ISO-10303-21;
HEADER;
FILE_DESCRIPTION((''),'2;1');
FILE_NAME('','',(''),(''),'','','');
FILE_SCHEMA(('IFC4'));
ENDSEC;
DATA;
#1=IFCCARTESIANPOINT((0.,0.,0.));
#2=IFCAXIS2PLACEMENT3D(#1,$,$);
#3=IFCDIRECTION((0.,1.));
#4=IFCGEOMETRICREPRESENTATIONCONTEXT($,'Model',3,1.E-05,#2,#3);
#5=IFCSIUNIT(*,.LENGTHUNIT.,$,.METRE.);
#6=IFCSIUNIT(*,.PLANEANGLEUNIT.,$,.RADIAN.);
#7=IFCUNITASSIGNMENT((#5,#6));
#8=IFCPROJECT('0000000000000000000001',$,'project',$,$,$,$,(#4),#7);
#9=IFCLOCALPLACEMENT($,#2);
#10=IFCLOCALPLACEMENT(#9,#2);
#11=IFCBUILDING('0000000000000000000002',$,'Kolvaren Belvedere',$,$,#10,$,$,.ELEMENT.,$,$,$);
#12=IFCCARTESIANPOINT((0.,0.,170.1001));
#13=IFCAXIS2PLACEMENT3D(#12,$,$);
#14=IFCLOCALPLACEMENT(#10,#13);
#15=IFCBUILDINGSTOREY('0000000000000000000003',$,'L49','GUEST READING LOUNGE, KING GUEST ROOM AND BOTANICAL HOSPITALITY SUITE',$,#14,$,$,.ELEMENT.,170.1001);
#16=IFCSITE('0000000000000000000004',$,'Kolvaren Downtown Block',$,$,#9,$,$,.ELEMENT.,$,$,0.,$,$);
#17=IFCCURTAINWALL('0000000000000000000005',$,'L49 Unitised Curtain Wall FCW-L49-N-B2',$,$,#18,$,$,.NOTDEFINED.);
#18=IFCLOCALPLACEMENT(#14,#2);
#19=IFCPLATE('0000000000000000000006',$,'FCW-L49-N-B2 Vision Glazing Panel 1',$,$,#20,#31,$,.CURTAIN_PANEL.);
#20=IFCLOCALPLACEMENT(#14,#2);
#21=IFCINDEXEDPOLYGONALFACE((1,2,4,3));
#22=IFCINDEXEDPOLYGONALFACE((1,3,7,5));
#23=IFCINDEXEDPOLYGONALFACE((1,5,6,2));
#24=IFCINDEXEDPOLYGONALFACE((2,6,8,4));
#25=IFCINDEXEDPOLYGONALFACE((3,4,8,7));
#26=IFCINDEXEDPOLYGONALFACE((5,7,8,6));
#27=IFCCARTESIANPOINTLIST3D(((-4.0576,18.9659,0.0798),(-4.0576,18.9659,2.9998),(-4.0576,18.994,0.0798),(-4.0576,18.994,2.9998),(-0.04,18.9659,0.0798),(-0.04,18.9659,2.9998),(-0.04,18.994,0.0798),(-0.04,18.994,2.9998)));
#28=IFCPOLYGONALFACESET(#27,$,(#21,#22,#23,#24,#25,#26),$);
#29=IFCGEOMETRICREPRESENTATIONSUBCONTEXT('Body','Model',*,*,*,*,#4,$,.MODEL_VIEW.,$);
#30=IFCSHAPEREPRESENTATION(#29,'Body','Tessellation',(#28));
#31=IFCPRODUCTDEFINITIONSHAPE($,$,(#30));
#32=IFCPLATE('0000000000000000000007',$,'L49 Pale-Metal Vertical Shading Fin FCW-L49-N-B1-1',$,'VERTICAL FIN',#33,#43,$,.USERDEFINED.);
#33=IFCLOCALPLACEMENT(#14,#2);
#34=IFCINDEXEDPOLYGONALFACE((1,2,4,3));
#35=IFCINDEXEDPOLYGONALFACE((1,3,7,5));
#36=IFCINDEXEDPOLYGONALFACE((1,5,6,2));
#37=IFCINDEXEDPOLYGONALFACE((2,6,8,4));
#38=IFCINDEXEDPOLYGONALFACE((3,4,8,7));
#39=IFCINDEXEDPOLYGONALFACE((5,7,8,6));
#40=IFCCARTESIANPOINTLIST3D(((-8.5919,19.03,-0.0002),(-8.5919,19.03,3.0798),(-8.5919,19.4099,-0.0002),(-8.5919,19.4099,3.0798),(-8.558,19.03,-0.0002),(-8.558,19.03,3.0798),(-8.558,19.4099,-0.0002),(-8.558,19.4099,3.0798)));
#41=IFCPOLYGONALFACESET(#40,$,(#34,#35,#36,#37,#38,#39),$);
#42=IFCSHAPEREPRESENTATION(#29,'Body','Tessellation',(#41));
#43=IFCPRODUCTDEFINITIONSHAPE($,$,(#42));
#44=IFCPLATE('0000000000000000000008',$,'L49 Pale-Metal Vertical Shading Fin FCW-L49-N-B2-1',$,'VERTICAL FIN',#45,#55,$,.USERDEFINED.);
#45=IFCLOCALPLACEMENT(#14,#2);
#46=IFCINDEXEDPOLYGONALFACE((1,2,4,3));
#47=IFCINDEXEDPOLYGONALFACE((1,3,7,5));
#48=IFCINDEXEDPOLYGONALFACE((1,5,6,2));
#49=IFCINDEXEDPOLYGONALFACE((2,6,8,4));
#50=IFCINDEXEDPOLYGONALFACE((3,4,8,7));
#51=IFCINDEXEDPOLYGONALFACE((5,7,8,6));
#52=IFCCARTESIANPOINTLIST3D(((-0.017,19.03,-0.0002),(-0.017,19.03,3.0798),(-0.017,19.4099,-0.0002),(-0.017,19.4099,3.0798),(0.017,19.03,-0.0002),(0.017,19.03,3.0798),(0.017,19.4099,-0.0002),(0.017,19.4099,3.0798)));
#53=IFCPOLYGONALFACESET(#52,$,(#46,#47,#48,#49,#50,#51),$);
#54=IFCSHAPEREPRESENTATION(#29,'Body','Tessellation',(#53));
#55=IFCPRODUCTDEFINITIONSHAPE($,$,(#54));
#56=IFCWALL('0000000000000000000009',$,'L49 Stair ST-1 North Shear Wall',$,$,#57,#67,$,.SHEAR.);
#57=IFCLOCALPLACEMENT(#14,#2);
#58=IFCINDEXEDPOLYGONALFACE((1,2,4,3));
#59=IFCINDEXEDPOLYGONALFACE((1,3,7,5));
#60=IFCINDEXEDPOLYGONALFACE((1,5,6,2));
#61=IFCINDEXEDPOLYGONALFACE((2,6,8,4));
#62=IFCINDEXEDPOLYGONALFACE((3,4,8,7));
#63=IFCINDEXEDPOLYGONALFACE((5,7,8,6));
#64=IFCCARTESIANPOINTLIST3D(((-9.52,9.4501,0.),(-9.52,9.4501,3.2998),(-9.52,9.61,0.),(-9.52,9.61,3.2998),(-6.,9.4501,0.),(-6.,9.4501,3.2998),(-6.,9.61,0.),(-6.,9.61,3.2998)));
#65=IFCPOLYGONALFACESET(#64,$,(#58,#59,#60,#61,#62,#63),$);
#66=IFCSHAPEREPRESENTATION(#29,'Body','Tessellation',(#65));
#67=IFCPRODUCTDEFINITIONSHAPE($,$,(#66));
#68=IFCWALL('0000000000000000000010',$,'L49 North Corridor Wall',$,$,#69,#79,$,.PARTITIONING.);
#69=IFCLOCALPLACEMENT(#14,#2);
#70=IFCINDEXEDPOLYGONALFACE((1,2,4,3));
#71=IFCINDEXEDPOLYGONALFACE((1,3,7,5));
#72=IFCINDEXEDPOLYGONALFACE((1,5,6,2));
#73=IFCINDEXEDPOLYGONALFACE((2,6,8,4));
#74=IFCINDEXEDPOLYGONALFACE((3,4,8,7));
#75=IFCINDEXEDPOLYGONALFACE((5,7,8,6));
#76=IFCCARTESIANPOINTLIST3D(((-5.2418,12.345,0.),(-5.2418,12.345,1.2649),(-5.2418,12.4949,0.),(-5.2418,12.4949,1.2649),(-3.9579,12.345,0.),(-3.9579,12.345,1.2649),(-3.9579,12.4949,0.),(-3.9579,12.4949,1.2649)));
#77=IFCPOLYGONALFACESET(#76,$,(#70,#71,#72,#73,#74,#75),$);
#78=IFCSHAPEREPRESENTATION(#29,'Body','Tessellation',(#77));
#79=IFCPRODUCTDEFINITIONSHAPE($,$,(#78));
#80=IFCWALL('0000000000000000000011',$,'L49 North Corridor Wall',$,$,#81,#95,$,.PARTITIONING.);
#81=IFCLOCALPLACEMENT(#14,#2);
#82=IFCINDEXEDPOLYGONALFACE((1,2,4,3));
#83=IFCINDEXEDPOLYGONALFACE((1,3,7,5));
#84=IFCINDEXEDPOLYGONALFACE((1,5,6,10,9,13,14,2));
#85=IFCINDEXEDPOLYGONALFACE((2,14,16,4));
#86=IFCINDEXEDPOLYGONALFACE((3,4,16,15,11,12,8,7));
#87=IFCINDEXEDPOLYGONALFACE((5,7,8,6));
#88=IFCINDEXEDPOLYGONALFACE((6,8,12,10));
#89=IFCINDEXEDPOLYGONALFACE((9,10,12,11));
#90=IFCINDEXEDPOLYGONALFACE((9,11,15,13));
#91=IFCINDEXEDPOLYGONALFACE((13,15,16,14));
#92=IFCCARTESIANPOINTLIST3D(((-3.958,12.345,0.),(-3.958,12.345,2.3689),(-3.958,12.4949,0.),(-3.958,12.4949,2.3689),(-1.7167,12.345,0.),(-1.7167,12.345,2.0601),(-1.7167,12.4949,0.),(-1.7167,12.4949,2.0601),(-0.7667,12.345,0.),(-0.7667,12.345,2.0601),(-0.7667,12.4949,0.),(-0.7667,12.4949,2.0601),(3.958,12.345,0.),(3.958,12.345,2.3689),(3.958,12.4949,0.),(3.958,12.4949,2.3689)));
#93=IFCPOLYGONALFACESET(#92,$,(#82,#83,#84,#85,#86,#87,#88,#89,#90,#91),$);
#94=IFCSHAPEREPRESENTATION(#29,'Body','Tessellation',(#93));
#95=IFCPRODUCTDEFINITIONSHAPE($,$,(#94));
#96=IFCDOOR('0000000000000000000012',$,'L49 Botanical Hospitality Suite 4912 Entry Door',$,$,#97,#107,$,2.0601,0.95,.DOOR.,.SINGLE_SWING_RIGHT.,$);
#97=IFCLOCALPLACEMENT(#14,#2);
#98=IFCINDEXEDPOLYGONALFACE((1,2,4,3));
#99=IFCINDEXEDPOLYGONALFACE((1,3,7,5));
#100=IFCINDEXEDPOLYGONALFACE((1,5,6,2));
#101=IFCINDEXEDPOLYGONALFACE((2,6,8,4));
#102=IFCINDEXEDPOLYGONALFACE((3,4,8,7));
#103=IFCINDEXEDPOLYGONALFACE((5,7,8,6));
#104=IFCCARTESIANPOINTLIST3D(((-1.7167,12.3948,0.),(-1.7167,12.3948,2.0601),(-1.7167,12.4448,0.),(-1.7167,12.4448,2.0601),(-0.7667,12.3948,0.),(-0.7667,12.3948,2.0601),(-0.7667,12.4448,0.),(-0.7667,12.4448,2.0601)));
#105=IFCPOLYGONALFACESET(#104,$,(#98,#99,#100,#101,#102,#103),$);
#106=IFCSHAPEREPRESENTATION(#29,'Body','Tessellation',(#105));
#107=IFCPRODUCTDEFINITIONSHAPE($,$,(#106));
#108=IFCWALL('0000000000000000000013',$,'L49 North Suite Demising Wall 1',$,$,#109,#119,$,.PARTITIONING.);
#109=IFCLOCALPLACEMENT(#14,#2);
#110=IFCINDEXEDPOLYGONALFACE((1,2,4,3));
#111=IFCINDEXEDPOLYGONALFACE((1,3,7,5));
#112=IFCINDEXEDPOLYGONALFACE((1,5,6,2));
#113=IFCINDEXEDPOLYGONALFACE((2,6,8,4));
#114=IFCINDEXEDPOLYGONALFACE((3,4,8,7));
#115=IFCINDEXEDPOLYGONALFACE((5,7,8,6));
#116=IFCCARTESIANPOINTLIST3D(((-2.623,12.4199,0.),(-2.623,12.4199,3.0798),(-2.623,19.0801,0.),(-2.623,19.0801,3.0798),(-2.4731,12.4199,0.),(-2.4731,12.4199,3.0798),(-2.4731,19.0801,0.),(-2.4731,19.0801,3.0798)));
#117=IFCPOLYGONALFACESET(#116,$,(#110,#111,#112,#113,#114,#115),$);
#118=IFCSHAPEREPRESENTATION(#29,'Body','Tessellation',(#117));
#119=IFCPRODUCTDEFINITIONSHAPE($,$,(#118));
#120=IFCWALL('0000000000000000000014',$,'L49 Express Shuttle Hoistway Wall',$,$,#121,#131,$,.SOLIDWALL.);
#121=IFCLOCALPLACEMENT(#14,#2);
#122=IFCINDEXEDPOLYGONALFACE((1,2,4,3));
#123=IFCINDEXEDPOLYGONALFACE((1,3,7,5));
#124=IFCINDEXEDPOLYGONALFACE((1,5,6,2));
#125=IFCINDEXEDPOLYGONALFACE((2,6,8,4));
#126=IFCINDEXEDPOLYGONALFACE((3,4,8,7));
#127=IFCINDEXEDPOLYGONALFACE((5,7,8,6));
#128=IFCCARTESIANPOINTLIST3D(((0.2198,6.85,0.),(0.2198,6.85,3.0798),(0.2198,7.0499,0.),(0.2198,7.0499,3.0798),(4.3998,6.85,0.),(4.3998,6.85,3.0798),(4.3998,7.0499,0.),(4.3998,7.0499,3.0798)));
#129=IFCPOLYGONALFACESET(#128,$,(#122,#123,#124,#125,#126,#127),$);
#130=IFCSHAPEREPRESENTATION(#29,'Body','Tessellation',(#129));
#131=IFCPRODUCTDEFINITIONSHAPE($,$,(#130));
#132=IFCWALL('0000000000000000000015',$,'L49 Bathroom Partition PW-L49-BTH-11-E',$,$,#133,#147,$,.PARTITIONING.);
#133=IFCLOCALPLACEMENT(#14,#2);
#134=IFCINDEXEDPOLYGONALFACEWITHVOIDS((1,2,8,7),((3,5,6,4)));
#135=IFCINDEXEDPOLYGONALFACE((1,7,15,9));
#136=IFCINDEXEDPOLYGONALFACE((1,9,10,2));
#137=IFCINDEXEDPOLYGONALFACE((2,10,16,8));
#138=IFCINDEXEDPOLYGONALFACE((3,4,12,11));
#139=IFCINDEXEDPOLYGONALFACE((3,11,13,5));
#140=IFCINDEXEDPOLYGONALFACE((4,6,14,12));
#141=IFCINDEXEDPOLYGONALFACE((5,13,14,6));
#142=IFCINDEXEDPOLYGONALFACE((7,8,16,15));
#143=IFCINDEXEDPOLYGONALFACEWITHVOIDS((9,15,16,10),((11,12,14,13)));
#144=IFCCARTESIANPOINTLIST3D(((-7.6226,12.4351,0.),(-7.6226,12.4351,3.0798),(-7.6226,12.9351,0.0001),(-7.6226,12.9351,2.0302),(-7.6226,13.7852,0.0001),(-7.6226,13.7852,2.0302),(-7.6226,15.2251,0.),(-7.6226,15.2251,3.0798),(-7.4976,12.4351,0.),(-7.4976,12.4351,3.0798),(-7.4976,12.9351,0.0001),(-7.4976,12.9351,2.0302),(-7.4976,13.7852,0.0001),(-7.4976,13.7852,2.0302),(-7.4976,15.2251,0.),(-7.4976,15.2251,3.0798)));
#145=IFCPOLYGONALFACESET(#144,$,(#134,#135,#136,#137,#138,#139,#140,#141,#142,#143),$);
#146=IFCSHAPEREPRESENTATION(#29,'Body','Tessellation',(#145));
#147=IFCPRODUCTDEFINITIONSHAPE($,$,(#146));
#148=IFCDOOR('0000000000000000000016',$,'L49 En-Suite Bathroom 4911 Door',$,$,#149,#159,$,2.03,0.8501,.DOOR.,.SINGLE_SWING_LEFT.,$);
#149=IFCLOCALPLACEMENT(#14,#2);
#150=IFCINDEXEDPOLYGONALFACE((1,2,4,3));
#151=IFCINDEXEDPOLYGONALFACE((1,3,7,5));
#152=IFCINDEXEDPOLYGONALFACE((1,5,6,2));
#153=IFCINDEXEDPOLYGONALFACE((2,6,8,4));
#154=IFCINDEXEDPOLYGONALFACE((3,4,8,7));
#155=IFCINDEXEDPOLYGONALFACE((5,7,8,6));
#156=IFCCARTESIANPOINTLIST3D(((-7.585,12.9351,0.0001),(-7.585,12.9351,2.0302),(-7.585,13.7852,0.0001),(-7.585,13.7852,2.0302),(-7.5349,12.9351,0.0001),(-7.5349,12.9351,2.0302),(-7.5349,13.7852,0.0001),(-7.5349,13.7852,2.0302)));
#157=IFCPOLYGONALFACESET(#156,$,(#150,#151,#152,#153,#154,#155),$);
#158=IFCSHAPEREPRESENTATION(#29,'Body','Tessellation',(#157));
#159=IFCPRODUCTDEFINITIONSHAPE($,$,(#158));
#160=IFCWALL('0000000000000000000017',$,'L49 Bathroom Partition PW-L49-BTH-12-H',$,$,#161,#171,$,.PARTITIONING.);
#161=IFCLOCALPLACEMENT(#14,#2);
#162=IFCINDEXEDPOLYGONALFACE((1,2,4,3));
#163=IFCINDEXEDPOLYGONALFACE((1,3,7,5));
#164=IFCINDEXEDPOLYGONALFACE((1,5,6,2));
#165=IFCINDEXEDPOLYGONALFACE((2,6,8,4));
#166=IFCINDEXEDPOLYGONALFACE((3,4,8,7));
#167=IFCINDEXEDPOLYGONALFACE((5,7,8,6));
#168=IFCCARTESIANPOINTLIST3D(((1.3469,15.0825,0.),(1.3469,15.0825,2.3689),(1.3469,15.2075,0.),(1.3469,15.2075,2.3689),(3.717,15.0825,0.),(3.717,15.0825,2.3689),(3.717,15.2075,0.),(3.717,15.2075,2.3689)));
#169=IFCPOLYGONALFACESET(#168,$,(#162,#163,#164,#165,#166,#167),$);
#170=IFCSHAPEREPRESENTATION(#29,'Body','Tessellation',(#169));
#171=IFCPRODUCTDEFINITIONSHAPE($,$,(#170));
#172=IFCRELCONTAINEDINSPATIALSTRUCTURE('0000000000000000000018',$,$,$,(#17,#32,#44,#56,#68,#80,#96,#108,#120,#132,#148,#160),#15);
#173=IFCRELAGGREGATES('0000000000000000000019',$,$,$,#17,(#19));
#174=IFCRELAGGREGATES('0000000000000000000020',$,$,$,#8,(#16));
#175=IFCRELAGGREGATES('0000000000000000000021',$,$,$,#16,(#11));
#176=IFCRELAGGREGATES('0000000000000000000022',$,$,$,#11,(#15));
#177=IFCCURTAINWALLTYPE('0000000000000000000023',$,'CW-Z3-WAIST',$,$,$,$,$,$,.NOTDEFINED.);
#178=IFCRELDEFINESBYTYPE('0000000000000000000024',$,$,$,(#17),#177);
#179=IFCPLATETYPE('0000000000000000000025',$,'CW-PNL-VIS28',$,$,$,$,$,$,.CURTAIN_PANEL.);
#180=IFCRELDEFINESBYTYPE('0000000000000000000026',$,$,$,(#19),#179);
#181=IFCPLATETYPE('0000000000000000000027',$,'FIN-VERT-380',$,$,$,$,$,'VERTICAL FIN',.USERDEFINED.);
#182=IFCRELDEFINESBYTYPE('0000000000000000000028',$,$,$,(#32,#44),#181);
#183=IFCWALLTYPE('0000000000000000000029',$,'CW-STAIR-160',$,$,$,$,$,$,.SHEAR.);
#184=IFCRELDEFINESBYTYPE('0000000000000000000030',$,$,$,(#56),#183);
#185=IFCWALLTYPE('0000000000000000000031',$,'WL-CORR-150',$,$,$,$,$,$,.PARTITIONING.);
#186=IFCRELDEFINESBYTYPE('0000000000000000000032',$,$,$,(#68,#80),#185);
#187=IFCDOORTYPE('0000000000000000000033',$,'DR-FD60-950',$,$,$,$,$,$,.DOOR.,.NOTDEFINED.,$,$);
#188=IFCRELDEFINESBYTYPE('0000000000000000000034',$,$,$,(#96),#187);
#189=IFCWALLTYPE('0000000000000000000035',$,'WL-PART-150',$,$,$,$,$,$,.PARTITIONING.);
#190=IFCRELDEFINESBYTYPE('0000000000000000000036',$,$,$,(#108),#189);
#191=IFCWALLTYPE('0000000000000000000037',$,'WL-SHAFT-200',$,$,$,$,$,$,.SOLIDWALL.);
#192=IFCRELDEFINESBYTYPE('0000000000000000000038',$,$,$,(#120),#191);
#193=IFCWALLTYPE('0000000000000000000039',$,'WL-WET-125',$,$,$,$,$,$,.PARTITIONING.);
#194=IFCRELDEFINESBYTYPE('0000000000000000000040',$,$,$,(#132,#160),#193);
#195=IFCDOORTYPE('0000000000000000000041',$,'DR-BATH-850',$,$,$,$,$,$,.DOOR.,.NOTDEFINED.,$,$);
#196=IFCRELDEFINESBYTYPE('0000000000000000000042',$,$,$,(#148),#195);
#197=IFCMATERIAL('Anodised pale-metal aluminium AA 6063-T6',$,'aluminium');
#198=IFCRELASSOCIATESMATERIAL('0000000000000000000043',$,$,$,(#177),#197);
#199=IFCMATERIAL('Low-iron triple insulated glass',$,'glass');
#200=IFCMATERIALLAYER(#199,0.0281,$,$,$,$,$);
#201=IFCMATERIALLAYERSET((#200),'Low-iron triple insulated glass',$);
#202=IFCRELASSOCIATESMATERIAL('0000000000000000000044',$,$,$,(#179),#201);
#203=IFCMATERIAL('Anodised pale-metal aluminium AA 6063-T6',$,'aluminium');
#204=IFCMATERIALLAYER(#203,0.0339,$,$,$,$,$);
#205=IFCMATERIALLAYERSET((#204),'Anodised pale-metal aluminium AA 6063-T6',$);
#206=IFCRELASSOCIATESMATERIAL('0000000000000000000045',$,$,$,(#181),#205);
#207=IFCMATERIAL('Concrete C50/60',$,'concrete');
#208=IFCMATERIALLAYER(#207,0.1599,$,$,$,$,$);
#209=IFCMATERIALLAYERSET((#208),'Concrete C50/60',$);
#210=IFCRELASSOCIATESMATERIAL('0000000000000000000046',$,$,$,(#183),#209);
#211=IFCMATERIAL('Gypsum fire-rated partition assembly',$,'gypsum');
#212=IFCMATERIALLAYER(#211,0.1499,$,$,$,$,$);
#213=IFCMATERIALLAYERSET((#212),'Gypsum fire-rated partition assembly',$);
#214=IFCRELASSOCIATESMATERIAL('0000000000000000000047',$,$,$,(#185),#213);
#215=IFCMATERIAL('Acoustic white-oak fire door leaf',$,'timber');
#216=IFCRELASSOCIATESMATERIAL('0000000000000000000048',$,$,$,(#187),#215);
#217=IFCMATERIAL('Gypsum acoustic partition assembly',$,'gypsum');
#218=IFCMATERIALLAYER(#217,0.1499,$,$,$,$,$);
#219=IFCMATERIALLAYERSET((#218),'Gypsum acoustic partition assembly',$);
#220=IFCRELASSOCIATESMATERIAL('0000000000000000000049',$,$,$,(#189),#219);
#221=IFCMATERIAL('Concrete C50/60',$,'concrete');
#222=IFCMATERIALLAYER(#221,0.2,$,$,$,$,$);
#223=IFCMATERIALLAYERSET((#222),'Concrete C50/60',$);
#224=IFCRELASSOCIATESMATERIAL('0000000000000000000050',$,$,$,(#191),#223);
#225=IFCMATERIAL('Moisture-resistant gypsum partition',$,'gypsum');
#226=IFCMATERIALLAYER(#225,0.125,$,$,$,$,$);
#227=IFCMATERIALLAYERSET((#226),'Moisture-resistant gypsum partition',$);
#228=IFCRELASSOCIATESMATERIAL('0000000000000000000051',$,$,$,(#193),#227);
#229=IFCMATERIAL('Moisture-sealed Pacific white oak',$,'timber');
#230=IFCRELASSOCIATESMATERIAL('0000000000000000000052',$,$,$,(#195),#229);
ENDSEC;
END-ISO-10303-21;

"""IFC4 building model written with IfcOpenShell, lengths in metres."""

from ifc_helpers import new_model, si_unit, direction, frame, frame_2d, origin, origin_2d, place, context, subcontext, project, spatial, rectangle, extrude, material, layer, layer_set, type_object, element, fill, aggregate, save


model = new_model("IFC4")

# Units and contexts
model_context = context("Model", 3, precision=1e-05, world=origin(), true_north=direction((0.0, 1.0)))
body_context = subcontext(model_context, "Body", "Model", "MODEL_VIEW")
ifc_project = project(units=[si_unit("LENGTHUNIT", "METRE"), si_unit("PLANEANGLEUNIT", "RADIAN")], contexts=[model_context])

# Site, building, storey
site_placement = place(None, origin())
site = spatial("IfcSite", under=ifc_project, at=site_placement, Name="Kolvaren Downtown Block", CompositionType="ELEMENT", RefElevation=0.0)
building_placement = place(site_placement, origin())
building = spatial("IfcBuilding", under=site, at=building_placement, Name="Kolvaren Belvedere", CompositionType="ELEMENT")
storey_placement = place(building_placement, frame((0.0, 0.0, 170.1001)))
storey = spatial("IfcBuildingStorey", under=building, at=storey_placement, Name="L49", Description="GUEST READING LOUNGE, KING GUEST ROOM AND BOTANICAL HOSPITALITY SUITE", CompositionType="ELEMENT", Elevation=170.1001)

# Curtain wall
ifc_material_1 = material(Name="Anodised pale-metal aluminium AA 6063-T6", Category="aluminium")
curtain_wall_type = type_object("IfcCurtainWallType", Name="CW-Z3-WAIST", PredefinedType="NOTDEFINED", material=ifc_material_1)
curtain_wall_1_placement = place(storey_placement, origin())
curtain_wall_1 = element("IfcCurtainWall", 1, at=curtain_wall_1_placement, inside=storey, type_object=curtain_wall_type, Name="L49 Unitised Curtain Wall FCW-L49-N-B2", PredefinedType="NOTDEFINED")

# Plate
ifc_material_2 = material(Name="Low-iron triple insulated glass", Category="glass")
ifc_layer_1 = layer(ifc_material_2, 0.0281)
ifc_layer_set_1 = layer_set([ifc_layer_1], Name="Low-iron triple insulated glass")
plate_type_1 = type_object("IfcPlateType", Name="CW-PNL-VIS28", PredefinedType="CURTAIN_PANEL", material=ifc_layer_set_1)
plate_1_placement = place(storey_placement, frame((-2.0488, 18.98, 0.0798), z_axis=(0.0, 0.0, 1.0), x_axis=(1.0, 0.0, 0.0)))
plate_1 = element("IfcPlate", 2, at=plate_1_placement, type_object=plate_type_1, Name="FCW-L49-N-B2 Vision Glazing Panel 1", PredefinedType="CURTAIN_PANEL", context=body_context, shape_type="SweptSolid", body=[
    extrude(rectangle(XDim=4.0176, YDim=0.0281, at=origin_2d()), origin(), (0.0, 0.0, 1.0), 2.9199),
])
aggregate(curtain_wall_1, [plate_1])

# Plates
ifc_material_3 = material(Name="Anodised pale-metal aluminium AA 6063-T6", Category="aluminium")
ifc_layer_2 = layer(ifc_material_3, 0.0339)
ifc_layer_set_2 = layer_set([ifc_layer_2], Name="Anodised pale-metal aluminium AA 6063-T6")
plate_type_2 = type_object("IfcPlateType", Name="FIN-VERT-380", ElementType="VERTICAL FIN", PredefinedType="USERDEFINED", material=ifc_layer_set_2)
for number, where, z_axis, x_axis, name in (
    (3, (-8.575, 19.22, -0.0002), (0.0, 0.0, 1.0), (0.0, 1.0, 0.0), "L49 Pale-Metal Vertical Shading Fin FCW-L49-N-B1-1"),
    (4, (0.0, 19.22, -0.0002), (0.0, 0.0, 1.0), (0.0, 1.0, 0.0), "L49 Pale-Metal Vertical Shading Fin FCW-L49-N-B2-1"),
):
    element("IfcPlate", number, at=place(storey_placement, frame(where, z_axis=z_axis, x_axis=x_axis)), inside=storey, type_object=plate_type_2, Name=name, ObjectType="VERTICAL FIN", PredefinedType="USERDEFINED", context=body_context, shape_type="SweptSolid", body=[
        extrude(rectangle(XDim=0.3799, YDim=0.0339, at=origin_2d()), origin(), (0.0, 0.0, 1.0), 3.0801),
    ])

# Walls
ifc_material_4 = material(Name="Concrete C50/60", Category="concrete")
ifc_layer_3 = layer(ifc_material_4, 0.1599)
ifc_layer_set_3 = layer_set([ifc_layer_3], Name="Concrete C50/60")
wall_type_1 = type_object("IfcWallType", Name="CW-STAIR-160", PredefinedType="SHEAR", material=ifc_layer_set_3)
wall_1_placement = place(storey_placement, frame((-9.52, 9.53, 0.0), z_axis=(0.0, 0.0, 1.0), x_axis=(1.0, 0.0, 0.0)))
element("IfcWall", 5, at=wall_1_placement, inside=storey, type_object=wall_type_1, Name="L49 Stair ST-1 North Shear Wall", PredefinedType="SHEAR", context=body_context, shape_type="SweptSolid", body=[
    extrude(rectangle(XDim=3.52, YDim=0.1599, at=frame_2d((1.76, 0.0))), origin(), (0.0, 0.0, 1.0), 3.2998),
])
ifc_material_5 = material(Name="Gypsum fire-rated partition assembly", Category="gypsum")
ifc_layer_4 = layer(ifc_material_5, 0.1499)
ifc_layer_set_4 = layer_set([ifc_layer_4], Name="Gypsum fire-rated partition assembly")
wall_type_2 = type_object("IfcWallType", Name="WL-CORR-150", PredefinedType="PARTITIONING", material=ifc_layer_set_4)
wall_2_placement = place(storey_placement, frame((-5.2419, 12.4199, 0.0), z_axis=(0.0, 0.0, 1.0), x_axis=(1.0, 0.0, 0.0)))
element("IfcWall", 6, at=wall_2_placement, inside=storey, type_object=wall_type_2, Name="L49 North Corridor Wall", PredefinedType="PARTITIONING", context=body_context, shape_type="SweptSolid", body=[
    extrude(rectangle(XDim=1.2839, YDim=0.1499, at=frame_2d((0.6421, 0.0))), origin(), (0.0, 0.0, 1.0), 1.2649),
])

# Wall, opening, door
wall_3_placement = place(storey_placement, frame((-3.958, 12.4199, 0.0), z_axis=(0.0, 0.0, 1.0), x_axis=(1.0, 0.0, 0.0)))
wall_3 = element("IfcWall", 7, at=wall_3_placement, inside=storey, type_object=wall_type_2, Name="L49 North Corridor Wall", PredefinedType="PARTITIONING", context=body_context, shape_type="SweptSolid", body=[
    extrude(rectangle(XDim=7.916, YDim=0.1499, at=frame_2d((3.958, 0.0))), origin(), (0.0, 0.0, 1.0), 2.3689),
])
opening_1_placement = place(wall_3_placement, frame((2.2412, 0.0, 0.0)))
opening_1 = element("IfcOpeningElement", 8, at=opening_1_placement, cuts=wall_3, PredefinedType="OPENING", context=body_context, shape_type="SweptSolid", body=[
    extrude(rectangle(XDim=0.95, YDim=2.0601, at=frame_2d((0.4751, 1.03))), frame((0.0, 0.085, 0.0), z_axis=(0.0, -1.0, 0.0), x_axis=(1.0, 0.0, 0.0)), (0.0, 0.0, 1.0), 0.1699),
])
ifc_material_6 = material(Name="Acoustic white-oak fire door leaf", Category="timber")
door_type_1 = type_object("IfcDoorType", Name="DR-FD60-950", OperationType="NOTDEFINED", PredefinedType="DOOR", material=ifc_material_6)
door_1_placement = place(opening_1_placement, origin())
door_1 = element("IfcDoor", 9, at=door_1_placement, inside=storey, type_object=door_type_1, Name="L49 Botanical Hospitality Suite 4912 Entry Door", OperationType="SINGLE_SWING_RIGHT", OverallHeight=2.0601, OverallWidth=0.95, PredefinedType="DOOR", context=body_context, shape_type="SweptSolid", body=[
    extrude(rectangle(XDim=0.95, YDim=2.0601, at=frame_2d((0.4751, 1.03))), frame((0.0, 0.0249, 0.0), z_axis=(0.0, -1.0, 0.0), x_axis=(1.0, 0.0, 0.0)), (0.0, 0.0, 1.0), 0.05),
])
fill(opening_1, door_1)

# Walls
ifc_material_7 = material(Name="Gypsum acoustic partition assembly", Category="gypsum")
ifc_layer_5 = layer(ifc_material_7, 0.1499)
ifc_layer_set_5 = layer_set([ifc_layer_5], Name="Gypsum acoustic partition assembly")
wall_type_3 = type_object("IfcWallType", Name="WL-PART-150", PredefinedType="PARTITIONING", material=ifc_layer_set_5)
wall_4_placement = place(storey_placement, frame((-2.5481, 12.4199, 0.0), z_axis=(0.0, 0.0, 1.0), x_axis=(0.0, 1.0, 0.0)))
element("IfcWall", 10, at=wall_4_placement, inside=storey, type_object=wall_type_3, Name="L49 North Suite Demising Wall 1", PredefinedType="PARTITIONING", context=body_context, shape_type="SweptSolid", body=[
    extrude(rectangle(XDim=6.6602, YDim=0.1499, at=frame_2d((3.3301, 0.0))), origin(), (0.0, 0.0, 1.0), 3.0798),
])
ifc_material_8 = material(Name="Concrete C50/60", Category="concrete")
ifc_layer_6 = layer(ifc_material_8, 0.2)
ifc_layer_set_6 = layer_set([ifc_layer_6], Name="Concrete C50/60")
wall_type_4 = type_object("IfcWallType", Name="WL-SHAFT-200", PredefinedType="SOLIDWALL", material=ifc_layer_set_6)
wall_5_placement = place(storey_placement, frame((0.22, 6.95, 0.0), z_axis=(0.0, 0.0, 1.0), x_axis=(1.0, 0.0, 0.0)))
element("IfcWall", 11, at=wall_5_placement, inside=storey, type_object=wall_type_4, Name="L49 Express Shuttle Hoistway Wall", PredefinedType="SOLIDWALL", context=body_context, shape_type="SweptSolid", body=[
    extrude(rectangle(XDim=4.1799, YDim=0.2, at=frame_2d((2.0898, 0.0))), origin(), (0.0, 0.0, 1.0), 3.0798),
])

# Wall, opening, door
ifc_material_9 = material(Name="Moisture-resistant gypsum partition", Category="gypsum")
ifc_layer_7 = layer(ifc_material_9, 0.125)
ifc_layer_set_7 = layer_set([ifc_layer_7], Name="Moisture-resistant gypsum partition")
wall_type_5 = type_object("IfcWallType", Name="WL-WET-125", PredefinedType="PARTITIONING", material=ifc_layer_set_7)
wall_6_placement = place(storey_placement, frame((-7.5601, 12.4351, 0.0), z_axis=(0.0, 0.0, 1.0), x_axis=(0.0, 1.0, 0.0)))
wall_6 = element("IfcWall", 12, at=wall_6_placement, inside=storey, type_object=wall_type_5, Name="L49 Bathroom Partition PW-L49-BTH-11-E", PredefinedType="PARTITIONING", context=body_context, shape_type="SweptSolid", body=[
    extrude(rectangle(XDim=2.79, YDim=0.125, at=frame_2d((1.395, 0.0))), origin(), (0.0, 0.0, 1.0), 3.0798),
])
opening_2_placement = place(wall_6_placement, frame((0.5, 0.0, 0.0)))
opening_2 = element("IfcOpeningElement", 13, at=opening_2_placement, cuts=wall_6, PredefinedType="OPENING", context=body_context, shape_type="SweptSolid", body=[
    extrude(rectangle(XDim=0.8501, YDim=2.03, at=frame_2d((0.425, 1.0151))), frame((0.0, 0.0725, 0.0), z_axis=(0.0, -1.0, 0.0), x_axis=(1.0, 0.0, 0.0)), (0.0, 0.0, 1.0), 0.145),
])
ifc_material_10 = material(Name="Moisture-sealed Pacific white oak", Category="timber")
door_type_2 = type_object("IfcDoorType", Name="DR-BATH-850", OperationType="NOTDEFINED", PredefinedType="DOOR", material=ifc_material_10)
door_2_placement = place(opening_2_placement, origin())
door_2 = element("IfcDoor", 14, at=door_2_placement, inside=storey, type_object=door_type_2, Name="L49 En-Suite Bathroom 4911 Door", OperationType="SINGLE_SWING_LEFT", OverallHeight=2.03, OverallWidth=0.8501, PredefinedType="DOOR", context=body_context, shape_type="SweptSolid", body=[
    extrude(rectangle(XDim=0.8501, YDim=2.03, at=frame_2d((0.425, 1.0151))), frame((0.0, 0.0249, 0.0), z_axis=(0.0, -1.0, 0.0), x_axis=(1.0, 0.0, 0.0)), (0.0, 0.0, 1.0), 0.05),
])
fill(opening_2, door_2)

# Wall
wall_7_placement = place(storey_placement, frame((1.3469, 15.145, 0.0), z_axis=(0.0, 0.0, 1.0), x_axis=(1.0, 0.0, 0.0)))
element("IfcWall", 15, at=wall_7_placement, inside=storey, type_object=wall_type_5, Name="L49 Bathroom Partition PW-L49-BTH-12-H", PredefinedType="PARTITIONING", context=body_context, shape_type="SweptSolid", body=[
    extrude(rectangle(XDim=2.3701, YDim=0.125, at=frame_2d((1.1851, 0.0))), origin(), (0.0, 0.0, 1.0), 2.3689),
])

save(model, "model.ifc")
